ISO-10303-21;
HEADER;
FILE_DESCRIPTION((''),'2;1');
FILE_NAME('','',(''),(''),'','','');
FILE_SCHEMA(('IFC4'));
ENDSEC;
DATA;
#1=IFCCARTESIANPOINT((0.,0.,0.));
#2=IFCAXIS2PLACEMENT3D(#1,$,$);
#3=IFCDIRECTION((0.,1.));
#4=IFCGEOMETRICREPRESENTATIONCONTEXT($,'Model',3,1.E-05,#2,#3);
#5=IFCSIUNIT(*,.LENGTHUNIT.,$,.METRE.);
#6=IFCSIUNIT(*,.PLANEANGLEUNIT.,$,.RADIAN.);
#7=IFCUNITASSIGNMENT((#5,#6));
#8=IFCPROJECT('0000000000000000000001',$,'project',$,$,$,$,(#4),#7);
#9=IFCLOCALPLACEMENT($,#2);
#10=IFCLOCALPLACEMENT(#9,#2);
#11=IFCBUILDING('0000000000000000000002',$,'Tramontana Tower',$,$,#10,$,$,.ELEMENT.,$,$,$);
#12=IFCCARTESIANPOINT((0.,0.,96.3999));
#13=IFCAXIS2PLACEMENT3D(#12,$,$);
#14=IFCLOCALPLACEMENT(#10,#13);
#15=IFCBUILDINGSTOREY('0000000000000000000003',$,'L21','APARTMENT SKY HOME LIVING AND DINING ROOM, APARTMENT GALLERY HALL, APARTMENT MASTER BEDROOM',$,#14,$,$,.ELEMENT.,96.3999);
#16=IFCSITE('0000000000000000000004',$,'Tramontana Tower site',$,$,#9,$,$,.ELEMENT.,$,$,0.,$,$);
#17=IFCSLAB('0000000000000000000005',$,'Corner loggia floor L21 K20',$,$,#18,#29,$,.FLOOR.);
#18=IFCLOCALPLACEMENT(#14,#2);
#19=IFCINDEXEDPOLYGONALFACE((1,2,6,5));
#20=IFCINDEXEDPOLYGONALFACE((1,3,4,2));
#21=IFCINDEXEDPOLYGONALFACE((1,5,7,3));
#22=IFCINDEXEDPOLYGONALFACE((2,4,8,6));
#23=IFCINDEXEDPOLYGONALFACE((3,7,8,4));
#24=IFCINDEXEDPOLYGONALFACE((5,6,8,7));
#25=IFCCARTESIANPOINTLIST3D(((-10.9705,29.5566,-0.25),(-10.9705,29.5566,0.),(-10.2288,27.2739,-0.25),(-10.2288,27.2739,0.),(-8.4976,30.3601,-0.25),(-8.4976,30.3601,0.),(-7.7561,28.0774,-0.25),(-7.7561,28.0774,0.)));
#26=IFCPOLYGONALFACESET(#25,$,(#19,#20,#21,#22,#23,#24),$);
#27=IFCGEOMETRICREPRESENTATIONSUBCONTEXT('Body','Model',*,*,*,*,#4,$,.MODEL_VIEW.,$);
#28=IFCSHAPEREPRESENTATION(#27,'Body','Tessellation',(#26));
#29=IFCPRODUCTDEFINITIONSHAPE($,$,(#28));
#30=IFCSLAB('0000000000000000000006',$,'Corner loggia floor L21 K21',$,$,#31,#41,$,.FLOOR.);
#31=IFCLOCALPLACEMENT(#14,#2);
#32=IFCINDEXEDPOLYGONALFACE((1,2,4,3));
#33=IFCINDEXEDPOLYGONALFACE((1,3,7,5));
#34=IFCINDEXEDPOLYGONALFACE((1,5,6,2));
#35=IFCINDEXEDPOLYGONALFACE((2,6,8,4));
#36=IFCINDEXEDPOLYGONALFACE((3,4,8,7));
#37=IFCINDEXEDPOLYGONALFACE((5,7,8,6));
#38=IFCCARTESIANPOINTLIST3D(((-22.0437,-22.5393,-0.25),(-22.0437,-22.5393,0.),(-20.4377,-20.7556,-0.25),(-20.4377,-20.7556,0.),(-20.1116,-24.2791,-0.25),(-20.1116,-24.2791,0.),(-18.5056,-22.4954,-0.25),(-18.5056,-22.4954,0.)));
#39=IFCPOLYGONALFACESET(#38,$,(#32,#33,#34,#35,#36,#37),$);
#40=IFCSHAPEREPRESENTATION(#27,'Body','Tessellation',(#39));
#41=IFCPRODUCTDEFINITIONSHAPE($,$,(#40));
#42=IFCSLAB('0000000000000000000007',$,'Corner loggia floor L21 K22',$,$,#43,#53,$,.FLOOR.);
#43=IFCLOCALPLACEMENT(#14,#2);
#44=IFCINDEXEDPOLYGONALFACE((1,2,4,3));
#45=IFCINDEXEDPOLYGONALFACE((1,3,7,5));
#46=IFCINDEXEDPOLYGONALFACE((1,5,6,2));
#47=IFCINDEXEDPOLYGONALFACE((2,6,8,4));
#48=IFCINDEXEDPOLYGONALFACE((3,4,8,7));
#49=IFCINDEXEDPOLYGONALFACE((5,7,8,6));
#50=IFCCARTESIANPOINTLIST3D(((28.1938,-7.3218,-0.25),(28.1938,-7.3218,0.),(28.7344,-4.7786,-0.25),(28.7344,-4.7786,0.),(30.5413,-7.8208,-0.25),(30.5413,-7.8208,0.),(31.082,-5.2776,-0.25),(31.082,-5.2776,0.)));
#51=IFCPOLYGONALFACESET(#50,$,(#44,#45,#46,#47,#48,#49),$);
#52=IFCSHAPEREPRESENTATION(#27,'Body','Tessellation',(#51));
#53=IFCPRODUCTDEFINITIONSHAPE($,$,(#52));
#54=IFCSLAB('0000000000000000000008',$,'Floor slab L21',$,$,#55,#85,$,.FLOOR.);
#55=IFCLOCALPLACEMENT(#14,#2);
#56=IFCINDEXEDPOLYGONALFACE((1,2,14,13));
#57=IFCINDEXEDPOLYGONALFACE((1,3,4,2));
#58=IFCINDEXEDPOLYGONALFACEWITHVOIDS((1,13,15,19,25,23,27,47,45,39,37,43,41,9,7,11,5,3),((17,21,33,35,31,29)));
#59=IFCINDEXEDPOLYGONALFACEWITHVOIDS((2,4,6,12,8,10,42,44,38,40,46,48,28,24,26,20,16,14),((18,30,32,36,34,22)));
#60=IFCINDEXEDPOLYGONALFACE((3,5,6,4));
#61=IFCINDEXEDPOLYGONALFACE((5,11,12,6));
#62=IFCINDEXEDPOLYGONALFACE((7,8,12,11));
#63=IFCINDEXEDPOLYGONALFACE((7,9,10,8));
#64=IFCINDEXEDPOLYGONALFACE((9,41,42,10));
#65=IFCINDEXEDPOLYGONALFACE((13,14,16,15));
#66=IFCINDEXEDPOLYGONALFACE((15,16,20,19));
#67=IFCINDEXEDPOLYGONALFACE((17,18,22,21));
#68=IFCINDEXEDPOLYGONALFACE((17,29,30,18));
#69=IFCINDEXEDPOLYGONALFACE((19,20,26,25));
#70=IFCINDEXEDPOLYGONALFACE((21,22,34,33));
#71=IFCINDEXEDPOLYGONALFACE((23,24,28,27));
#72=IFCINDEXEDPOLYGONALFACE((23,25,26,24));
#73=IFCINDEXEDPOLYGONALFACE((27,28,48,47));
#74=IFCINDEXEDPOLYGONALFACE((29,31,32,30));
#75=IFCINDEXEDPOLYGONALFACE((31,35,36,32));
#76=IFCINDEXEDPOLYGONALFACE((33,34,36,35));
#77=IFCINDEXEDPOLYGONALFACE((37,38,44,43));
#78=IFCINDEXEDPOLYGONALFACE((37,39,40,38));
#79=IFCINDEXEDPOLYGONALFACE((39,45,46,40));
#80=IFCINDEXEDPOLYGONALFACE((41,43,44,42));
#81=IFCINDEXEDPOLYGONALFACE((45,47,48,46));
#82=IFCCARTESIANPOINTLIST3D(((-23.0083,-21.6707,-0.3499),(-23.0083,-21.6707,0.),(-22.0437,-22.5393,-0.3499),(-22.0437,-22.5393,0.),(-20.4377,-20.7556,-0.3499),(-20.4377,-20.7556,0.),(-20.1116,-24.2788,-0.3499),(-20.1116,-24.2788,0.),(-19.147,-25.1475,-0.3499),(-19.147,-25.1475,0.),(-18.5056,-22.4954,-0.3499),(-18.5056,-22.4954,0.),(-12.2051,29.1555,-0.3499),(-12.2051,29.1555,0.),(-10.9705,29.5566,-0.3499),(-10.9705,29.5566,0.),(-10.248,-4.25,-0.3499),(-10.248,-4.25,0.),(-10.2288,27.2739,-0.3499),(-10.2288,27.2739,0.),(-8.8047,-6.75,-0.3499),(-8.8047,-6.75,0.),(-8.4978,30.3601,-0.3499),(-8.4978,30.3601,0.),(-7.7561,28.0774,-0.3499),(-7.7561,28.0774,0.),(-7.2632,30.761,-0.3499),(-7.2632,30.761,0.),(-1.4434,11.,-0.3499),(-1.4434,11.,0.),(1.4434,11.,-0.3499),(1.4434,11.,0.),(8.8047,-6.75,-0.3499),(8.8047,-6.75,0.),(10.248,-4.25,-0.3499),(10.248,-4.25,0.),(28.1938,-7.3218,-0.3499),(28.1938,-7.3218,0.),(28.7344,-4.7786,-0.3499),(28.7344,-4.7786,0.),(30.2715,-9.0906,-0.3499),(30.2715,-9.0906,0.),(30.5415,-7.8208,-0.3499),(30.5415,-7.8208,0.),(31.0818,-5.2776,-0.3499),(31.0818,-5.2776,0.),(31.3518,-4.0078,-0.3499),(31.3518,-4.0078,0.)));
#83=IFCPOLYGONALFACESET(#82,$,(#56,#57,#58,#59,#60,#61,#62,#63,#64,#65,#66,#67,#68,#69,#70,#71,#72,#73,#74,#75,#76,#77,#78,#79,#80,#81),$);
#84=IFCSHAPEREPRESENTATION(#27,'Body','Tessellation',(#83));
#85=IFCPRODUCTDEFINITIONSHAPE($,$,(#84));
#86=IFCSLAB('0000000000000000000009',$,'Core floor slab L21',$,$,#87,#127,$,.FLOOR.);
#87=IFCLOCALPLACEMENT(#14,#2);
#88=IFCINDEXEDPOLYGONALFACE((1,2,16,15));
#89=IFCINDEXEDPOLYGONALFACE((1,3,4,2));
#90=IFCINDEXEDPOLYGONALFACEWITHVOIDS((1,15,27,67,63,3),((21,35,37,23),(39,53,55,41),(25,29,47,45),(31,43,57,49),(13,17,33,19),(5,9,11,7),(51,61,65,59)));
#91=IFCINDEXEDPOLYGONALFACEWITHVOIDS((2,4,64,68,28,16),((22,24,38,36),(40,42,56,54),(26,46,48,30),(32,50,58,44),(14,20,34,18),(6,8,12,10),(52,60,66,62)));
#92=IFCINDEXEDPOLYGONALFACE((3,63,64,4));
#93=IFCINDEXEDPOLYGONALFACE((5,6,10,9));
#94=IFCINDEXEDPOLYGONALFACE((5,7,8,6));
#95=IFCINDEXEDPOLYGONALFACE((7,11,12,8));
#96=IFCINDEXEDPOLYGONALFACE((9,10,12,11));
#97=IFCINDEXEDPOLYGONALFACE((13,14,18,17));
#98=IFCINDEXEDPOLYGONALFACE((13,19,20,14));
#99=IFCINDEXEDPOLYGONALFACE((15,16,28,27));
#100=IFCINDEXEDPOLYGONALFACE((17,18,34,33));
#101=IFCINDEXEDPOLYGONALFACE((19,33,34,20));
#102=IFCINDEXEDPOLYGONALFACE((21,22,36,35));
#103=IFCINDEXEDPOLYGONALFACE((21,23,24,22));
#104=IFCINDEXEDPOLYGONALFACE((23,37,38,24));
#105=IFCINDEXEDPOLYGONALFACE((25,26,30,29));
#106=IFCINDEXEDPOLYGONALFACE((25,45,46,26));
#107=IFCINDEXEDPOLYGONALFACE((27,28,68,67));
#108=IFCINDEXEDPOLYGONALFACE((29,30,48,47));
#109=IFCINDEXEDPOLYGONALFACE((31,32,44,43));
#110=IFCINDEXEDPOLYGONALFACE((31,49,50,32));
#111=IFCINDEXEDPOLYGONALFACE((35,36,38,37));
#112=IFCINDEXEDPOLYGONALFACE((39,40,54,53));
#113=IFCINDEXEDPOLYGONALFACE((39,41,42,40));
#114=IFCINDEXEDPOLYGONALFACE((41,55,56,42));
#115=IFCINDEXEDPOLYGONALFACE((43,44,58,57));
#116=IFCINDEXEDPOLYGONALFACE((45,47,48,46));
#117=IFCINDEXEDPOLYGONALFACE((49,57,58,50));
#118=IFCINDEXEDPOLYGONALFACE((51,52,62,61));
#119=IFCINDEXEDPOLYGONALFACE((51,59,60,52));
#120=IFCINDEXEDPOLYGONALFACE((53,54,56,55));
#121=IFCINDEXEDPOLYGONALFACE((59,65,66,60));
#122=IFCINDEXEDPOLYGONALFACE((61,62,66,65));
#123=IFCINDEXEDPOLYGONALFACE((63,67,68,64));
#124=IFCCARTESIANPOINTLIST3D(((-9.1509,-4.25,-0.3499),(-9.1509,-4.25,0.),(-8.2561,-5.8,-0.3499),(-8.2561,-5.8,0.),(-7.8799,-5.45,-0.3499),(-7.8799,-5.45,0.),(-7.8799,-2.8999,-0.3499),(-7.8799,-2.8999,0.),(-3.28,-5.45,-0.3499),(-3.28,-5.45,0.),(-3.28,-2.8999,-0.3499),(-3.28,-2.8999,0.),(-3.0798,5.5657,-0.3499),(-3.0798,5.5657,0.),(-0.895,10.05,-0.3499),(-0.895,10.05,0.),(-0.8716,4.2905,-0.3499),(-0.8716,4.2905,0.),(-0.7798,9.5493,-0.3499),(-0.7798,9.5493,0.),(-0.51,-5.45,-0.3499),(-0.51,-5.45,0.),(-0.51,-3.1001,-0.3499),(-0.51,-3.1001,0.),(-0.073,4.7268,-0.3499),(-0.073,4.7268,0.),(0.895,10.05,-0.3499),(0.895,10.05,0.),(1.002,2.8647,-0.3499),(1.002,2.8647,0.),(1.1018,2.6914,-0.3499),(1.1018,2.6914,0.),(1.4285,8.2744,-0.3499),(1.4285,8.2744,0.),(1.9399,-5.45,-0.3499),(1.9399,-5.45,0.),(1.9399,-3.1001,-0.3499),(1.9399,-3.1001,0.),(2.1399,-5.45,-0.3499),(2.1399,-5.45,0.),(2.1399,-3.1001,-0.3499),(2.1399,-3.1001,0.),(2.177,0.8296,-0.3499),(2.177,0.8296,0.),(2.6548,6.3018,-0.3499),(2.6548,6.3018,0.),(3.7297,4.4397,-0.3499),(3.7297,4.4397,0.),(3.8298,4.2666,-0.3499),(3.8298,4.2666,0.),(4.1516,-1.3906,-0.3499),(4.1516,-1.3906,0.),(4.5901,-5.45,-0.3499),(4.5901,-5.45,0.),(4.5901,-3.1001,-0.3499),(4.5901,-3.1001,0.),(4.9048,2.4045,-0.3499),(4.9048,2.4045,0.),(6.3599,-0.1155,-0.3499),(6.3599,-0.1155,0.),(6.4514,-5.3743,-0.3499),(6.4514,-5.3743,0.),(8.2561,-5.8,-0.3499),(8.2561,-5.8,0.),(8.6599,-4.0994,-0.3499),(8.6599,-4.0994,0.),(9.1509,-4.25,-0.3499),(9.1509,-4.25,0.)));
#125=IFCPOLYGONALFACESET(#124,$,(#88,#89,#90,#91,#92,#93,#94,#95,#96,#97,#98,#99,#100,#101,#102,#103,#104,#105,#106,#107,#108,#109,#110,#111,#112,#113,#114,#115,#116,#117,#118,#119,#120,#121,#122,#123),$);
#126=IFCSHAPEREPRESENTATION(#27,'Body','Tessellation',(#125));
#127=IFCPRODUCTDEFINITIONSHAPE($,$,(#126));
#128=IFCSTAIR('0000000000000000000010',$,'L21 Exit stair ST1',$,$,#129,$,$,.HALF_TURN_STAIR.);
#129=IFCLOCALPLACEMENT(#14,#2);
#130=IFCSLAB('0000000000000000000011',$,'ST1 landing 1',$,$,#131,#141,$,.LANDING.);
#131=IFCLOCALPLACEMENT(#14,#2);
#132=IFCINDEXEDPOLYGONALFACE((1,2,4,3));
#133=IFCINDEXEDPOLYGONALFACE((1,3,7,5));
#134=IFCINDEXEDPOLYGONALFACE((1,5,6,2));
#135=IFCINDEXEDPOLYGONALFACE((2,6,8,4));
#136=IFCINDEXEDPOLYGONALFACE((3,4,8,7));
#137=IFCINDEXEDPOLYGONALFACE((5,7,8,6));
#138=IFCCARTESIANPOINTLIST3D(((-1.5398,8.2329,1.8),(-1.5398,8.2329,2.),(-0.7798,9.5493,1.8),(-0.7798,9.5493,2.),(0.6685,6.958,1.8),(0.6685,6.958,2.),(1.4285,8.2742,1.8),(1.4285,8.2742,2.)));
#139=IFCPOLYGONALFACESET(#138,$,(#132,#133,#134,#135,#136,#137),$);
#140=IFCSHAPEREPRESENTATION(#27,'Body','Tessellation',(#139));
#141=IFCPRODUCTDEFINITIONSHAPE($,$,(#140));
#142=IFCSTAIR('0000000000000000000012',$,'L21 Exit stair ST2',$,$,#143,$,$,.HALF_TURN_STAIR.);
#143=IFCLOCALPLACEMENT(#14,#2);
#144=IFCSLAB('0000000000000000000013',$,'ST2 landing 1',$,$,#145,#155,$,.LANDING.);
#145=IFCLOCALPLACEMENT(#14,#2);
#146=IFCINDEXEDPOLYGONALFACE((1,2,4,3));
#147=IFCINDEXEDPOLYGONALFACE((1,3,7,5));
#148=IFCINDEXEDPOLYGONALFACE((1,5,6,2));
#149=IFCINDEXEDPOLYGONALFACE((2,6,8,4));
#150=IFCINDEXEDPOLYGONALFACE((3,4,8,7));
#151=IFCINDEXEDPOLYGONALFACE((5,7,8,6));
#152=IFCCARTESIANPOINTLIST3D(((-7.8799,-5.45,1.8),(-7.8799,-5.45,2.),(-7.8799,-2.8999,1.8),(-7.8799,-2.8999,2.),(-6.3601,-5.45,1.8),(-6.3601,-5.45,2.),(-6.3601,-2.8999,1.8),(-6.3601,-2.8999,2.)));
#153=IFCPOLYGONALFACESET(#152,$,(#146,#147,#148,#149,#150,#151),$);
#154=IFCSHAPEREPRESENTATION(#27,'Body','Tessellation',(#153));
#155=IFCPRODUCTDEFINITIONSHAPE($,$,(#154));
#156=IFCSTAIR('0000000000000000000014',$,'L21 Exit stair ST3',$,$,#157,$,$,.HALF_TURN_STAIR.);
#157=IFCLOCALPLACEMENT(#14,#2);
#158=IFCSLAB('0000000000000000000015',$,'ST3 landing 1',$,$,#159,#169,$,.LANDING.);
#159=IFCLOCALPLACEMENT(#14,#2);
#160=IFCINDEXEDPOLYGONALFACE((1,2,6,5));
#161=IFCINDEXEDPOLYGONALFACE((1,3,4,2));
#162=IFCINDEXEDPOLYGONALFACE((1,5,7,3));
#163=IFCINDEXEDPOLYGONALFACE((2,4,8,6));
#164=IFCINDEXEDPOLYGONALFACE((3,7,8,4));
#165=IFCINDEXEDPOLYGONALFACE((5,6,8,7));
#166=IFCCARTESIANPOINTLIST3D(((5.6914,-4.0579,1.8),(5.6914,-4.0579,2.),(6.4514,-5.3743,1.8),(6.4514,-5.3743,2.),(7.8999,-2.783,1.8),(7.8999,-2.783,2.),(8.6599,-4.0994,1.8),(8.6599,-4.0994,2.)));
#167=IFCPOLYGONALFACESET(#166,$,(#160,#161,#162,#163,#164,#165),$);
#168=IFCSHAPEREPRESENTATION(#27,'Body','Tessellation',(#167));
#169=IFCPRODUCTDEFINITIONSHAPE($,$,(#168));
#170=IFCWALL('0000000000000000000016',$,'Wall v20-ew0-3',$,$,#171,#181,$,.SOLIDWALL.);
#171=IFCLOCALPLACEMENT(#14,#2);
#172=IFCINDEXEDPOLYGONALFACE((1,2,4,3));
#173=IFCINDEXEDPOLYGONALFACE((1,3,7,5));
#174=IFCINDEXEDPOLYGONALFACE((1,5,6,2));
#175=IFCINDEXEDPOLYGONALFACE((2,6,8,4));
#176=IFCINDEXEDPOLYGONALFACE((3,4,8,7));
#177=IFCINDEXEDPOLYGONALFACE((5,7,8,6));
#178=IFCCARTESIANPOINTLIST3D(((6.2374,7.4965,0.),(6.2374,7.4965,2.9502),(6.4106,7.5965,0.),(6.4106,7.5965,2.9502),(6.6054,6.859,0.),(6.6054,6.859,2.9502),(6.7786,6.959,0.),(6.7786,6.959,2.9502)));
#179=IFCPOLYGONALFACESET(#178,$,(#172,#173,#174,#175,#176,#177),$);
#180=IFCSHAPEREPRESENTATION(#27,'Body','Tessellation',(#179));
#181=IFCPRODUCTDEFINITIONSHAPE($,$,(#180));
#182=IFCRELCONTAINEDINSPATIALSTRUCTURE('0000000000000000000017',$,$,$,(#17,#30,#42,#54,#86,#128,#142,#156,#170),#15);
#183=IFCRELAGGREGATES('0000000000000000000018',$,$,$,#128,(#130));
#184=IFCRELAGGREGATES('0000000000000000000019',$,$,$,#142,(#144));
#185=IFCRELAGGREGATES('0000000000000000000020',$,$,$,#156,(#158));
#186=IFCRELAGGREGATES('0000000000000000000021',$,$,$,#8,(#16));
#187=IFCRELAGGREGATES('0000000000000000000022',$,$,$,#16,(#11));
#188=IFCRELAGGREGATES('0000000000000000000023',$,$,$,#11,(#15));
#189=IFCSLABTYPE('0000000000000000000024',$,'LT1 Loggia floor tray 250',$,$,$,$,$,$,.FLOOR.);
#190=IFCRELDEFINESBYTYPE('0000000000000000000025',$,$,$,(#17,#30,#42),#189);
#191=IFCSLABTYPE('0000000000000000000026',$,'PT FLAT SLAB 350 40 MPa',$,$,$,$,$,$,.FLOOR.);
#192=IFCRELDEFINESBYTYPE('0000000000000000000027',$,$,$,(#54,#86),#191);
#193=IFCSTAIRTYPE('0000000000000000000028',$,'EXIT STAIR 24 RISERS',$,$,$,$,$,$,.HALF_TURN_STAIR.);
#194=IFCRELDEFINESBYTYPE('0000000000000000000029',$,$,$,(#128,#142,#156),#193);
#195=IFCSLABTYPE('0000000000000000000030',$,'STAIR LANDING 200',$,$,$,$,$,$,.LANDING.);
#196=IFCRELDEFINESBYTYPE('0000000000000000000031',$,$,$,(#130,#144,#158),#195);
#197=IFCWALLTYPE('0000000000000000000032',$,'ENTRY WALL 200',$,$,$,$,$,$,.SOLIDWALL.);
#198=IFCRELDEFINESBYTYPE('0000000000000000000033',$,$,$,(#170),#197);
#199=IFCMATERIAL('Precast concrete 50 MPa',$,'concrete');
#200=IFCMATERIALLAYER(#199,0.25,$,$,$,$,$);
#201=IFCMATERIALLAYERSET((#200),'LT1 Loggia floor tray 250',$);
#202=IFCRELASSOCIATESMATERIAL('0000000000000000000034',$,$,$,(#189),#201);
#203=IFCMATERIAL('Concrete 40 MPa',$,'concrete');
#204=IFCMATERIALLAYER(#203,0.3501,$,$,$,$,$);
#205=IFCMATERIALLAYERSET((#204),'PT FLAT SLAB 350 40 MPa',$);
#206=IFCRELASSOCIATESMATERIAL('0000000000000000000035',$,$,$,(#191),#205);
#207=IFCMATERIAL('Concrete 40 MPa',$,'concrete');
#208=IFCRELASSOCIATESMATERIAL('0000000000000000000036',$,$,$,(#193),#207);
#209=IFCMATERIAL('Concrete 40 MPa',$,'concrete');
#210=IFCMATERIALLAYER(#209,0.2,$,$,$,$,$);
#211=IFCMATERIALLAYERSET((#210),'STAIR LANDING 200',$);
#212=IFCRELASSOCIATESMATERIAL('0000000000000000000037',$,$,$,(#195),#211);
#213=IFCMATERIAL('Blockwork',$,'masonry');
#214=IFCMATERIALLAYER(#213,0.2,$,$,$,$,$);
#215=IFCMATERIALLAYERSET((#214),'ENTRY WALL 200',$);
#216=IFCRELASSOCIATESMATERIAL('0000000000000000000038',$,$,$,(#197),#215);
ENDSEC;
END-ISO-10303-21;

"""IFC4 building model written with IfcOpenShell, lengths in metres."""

from ifc_helpers import new_model, si_unit, direction, frame, frame_2d, origin, place, context, subcontext, project, spatial, polyline, rectangle, outline, extrude, material, layer, layer_set, type_object, element, aggregate, save


model = new_model("IFC4")

# Units and contexts
model_context = context("Model", 3, precision=1e-05, world=origin(), true_north=direction((0.0, 1.0)))
body_context = subcontext(model_context, "Body", "Model", "MODEL_VIEW")
ifc_project = project(units=[si_unit("LENGTHUNIT", "METRE"), si_unit("PLANEANGLEUNIT", "RADIAN")], contexts=[model_context])

# Site, building, storey
site_placement = place(None, origin())
site = spatial("IfcSite", under=ifc_project, at=site_placement, Name="Tramontana Tower site", CompositionType="ELEMENT", RefElevation=0.0)
building_placement = place(site_placement, origin())
building = spatial("IfcBuilding", under=site, at=building_placement, Name="Tramontana Tower", CompositionType="ELEMENT")
storey_placement = place(building_placement, frame((0.0, 0.0, 96.3999)))
storey = spatial("IfcBuildingStorey", under=building, at=storey_placement, Name="L21", Description="APARTMENT SKY HOME LIVING AND DINING ROOM, APARTMENT GALLERY HALL, APARTMENT MASTER BEDROOM", CompositionType="ELEMENT", Elevation=96.3999)

# Slabs
ifc_material_1 = material(Name="Precast concrete 50 MPa", Category="concrete")
ifc_layer_1 = layer(ifc_material_1, 0.25)
ifc_layer_set_1 = layer_set([ifc_layer_1], Name="LT1 Loggia floor tray 250")
slab_type_1 = type_object("IfcSlabType", Name="LT1 Loggia floor tray 250", PredefinedType="FLOOR", material=ifc_layer_set_1)
slab_1_placement = place(storey_placement, frame((0.0, 0.0, -0.25)))
element("IfcSlab", 1, at=slab_1_placement, inside=storey, type_object=slab_type_1, Name="Corner loggia floor L21 K20", PredefinedType="FLOOR", context=body_context, shape_type="SweptSolid", body=[
    extrude(outline(polyline([(-8.4976, 30.3601), (-7.7561, 28.0774), (-10.2288, 27.2739), (-10.9705, 29.5566), (-8.4976, 30.3601)])), origin(), (0.0, 0.0, 1.0), 0.25),
])
slab_2_placement = place(storey_placement, frame((0.0, 0.0, -0.25)))
element("IfcSlab", 2, at=slab_2_placement, inside=storey, type_object=slab_type_1, Name="Corner loggia floor L21 K21", PredefinedType="FLOOR", context=body_context, shape_type="SweptSolid", body=[
    extrude(outline(polyline([(-22.0437, -22.5393), (-20.4377, -20.7556), (-18.5056, -22.4954), (-20.1116, -24.2791), (-22.0437, -22.5393)])), origin(), (0.0, 0.0, 1.0), 0.25),
])
slab_3_placement = place(storey_placement, frame((0.0, 0.0, -0.25)))
element("IfcSlab", 3, at=slab_3_placement, inside=storey, type_object=slab_type_1, Name="Corner loggia floor L21 K22", PredefinedType="FLOOR", context=body_context, shape_type="SweptSolid", body=[
    extrude(outline(polyline([(30.5413, -7.8208), (28.1938, -7.3218), (28.7344, -4.7786), (31.082, -5.2776), (30.5413, -7.8208)])), origin(), (0.0, 0.0, 1.0), 0.25),
])
ifc_material_2 = material(Name="Concrete 40 MPa", Category="concrete")
ifc_layer_2 = layer(ifc_material_2, 0.3501)
ifc_layer_set_2 = layer_set([ifc_layer_2], Name="PT FLAT SLAB 350 40 MPa")
slab_type_2 = type_object("IfcSlabType", Name="PT FLAT SLAB 350 40 MPa", PredefinedType="FLOOR", material=ifc_layer_set_2)
slab_4_placement = place(storey_placement, frame((0.0, 0.0, -0.3499)))
element("IfcSlab", 4, at=slab_4_placement, inside=storey, type_object=slab_type_2, Name="Floor slab L21", PredefinedType="FLOOR", context=body_context, shape_type="SweptSolid", body=[
    extrude(outline(polyline([(31.0818, -5.2776), (28.7344, -4.7786), (28.1938, -7.3218), (30.5415, -7.8208), (30.2715, -9.0906), (-19.147, -25.1475), (-20.1116, -24.2788), (-18.5056, -22.4954), (-20.4377, -20.7556), (-22.0437, -22.5393), (-23.0083, -21.6707), (-12.2051, 29.1555), (-10.9705, 29.5566), (-10.2288, 27.2739), (-7.7561, 28.0774), (-8.4978, 30.3601), (-7.2632, 30.761), (31.3518, -4.0078), (31.0818, -5.2776)]), holes=[polyline([(-10.248, -4.25), (-8.8047, -6.75), (8.8047, -6.75), (10.248, -4.25), (1.4434, 11.0), (-1.4434, 11.0), (-10.248, -4.25)])]), origin(), (0.0, 0.0, 1.0), 0.3499),
])
slab_5_placement = place(storey_placement, frame((0.0, 0.0, -0.3499)))
element("IfcSlab", 5, at=slab_5_placement, inside=storey, type_object=slab_type_2, Name="Core floor slab L21", PredefinedType="FLOOR", context=body_context, shape_type="SweptSolid", body=[
    extrude(outline(polyline([(9.1509, -4.25), (8.2561, -5.8), (-8.2561, -5.8), (-9.1509, -4.25), (-0.895, 10.05), (0.895, 10.05), (9.1509, -4.25)]), holes=[polyline([(8.6599, -4.0994), (6.3599, -0.1155), (4.1516, -1.3906), (6.4514, -5.3743), (8.6599, -4.0994)]), polyline([(3.8298, 4.2666), (1.1018, 2.6914), (2.177, 0.8296), (4.9048, 2.4045), (3.8298, 4.2666)]), polyline([(4.5901, -3.1001), (2.1399, -3.1001), (2.1399, -5.45), (4.5901, -5.45), (4.5901, -3.1001)]), polyline([(2.6548, 6.3018), (-0.073, 4.7268), (1.002, 2.8647), (3.7297, 4.4397), (2.6548, 6.3018)]), polyline([(1.9399, -5.45), (1.9399, -3.1001), (-0.51, -3.1001), (-0.51, -5.45), (1.9399, -5.45)]), polyline([(-0.7798, 9.5493), (-3.0798, 5.5657), (-0.8716, 4.2905), (1.4285, 8.2744), (-0.7798, 9.5493)]), polyline([(-7.8799, -5.45), (-3.28, -5.45), (-3.28, -2.8999), (-7.8799, -2.8999), (-7.8799, -5.45)])]), origin(), (0.0, 0.0, 1.0), 0.3499),
])

# Stairs, slabs
ifc_material_3 = material(Name="Concrete 40 MPa", Category="concrete")
stair_type = type_object("IfcStairType", Name="EXIT STAIR 24 RISERS", PredefinedType="HALF_TURN_STAIR", material=ifc_material_3)
stair_1_placement = place(storey_placement, origin())
stair_1 = element("IfcStair", 6, at=stair_1_placement, inside=storey, type_object=stair_type, Name="L21 Exit stair ST1", PredefinedType="HALF_TURN_STAIR")
ifc_material_4 = material(Name="Concrete 40 MPa", Category="concrete")
ifc_layer_3 = layer(ifc_material_4, 0.2)
ifc_layer_set_3 = layer_set([ifc_layer_3], Name="STAIR LANDING 200")
slab_type_3 = type_object("IfcSlabType", Name="STAIR LANDING 200", PredefinedType="LANDING", material=ifc_layer_set_3)
slab_6_placement = place(storey_placement, frame((0.0, 0.0, 1.8)))
slab_6 = element("IfcSlab", 7, at=slab_6_placement, type_object=slab_type_3, Name="ST1 landing 1", PredefinedType="LANDING", context=body_context, shape_type="SweptSolid", body=[
    extrude(outline(polyline([(0.6685, 6.958), (1.4285, 8.2742), (-0.7798, 9.5493), (-1.5398, 8.2329), (0.6685, 6.958)])), origin(), (0.0, 0.0, 1.0), 0.2),
])
aggregate(stair_1, [slab_6])
stair_2_placement = place(storey_placement, origin())
stair_2 = element("IfcStair", 8, at=stair_2_placement, inside=storey, type_object=stair_type, Name="L21 Exit stair ST2", PredefinedType="HALF_TURN_STAIR")
slab_7_placement = place(storey_placement, frame((0.0, 0.0, 1.8)))
slab_7 = element("IfcSlab", 9, at=slab_7_placement, type_object=slab_type_3, Name="ST2 landing 1", PredefinedType="LANDING", context=body_context, shape_type="SweptSolid", body=[
    extrude(outline(polyline([(-6.3601, -2.8999), (-7.8799, -2.8999), (-7.8799, -5.45), (-6.3601, -5.45), (-6.3601, -2.8999)])), origin(), (0.0, 0.0, 1.0), 0.2),
])
aggregate(stair_2, [slab_7])
stair_3_placement = place(storey_placement, origin())
stair_3 = element("IfcStair", 10, at=stair_3_placement, inside=storey, type_object=stair_type, Name="L21 Exit stair ST3", PredefinedType="HALF_TURN_STAIR")
slab_8_placement = place(storey_placement, frame((0.0, 0.0, 1.8)))
slab_8 = element("IfcSlab", 11, at=slab_8_placement, type_object=slab_type_3, Name="ST3 landing 1", PredefinedType="LANDING", context=body_context, shape_type="SweptSolid", body=[
    extrude(outline(polyline([(5.6914, -4.0579), (6.4514, -5.3743), (8.6599, -4.0994), (7.8999, -2.783), (5.6914, -4.0579)])), origin(), (0.0, 0.0, 1.0), 0.2),
])

# Wall
ifc_material_5 = material(Name="Blockwork", Category="masonry")
ifc_layer_4 = layer(ifc_material_5, 0.2)
ifc_layer_set_4 = layer_set([ifc_layer_4], Name="ENTRY WALL 200")
wall_type_1 = type_object("IfcWallType", Name="ENTRY WALL 200", PredefinedType="SOLIDWALL", material=ifc_layer_set_4)
wall_1_placement = place(storey_placement, frame((6.324, 7.5466, 0.0), z_axis=(0.0, 0.0, 1.0), x_axis=(0.499885, -0.866092, 0.0)))
element("IfcWall", 12, at=wall_1_placement, inside=storey, type_object=wall_type_1, Name="Wall v20-ew0-3", PredefinedType="SOLIDWALL", context=body_context, shape_type="SweptSolid", body=[
    extrude(rectangle(XDim=0.7361, YDim=0.2, at=frame_2d((0.3682, 0.0))), origin(), (0.0, 0.0, 1.0), 2.9502),
])

aggregate(stair_3, [slab_8])

save(model, "model.ifc")
